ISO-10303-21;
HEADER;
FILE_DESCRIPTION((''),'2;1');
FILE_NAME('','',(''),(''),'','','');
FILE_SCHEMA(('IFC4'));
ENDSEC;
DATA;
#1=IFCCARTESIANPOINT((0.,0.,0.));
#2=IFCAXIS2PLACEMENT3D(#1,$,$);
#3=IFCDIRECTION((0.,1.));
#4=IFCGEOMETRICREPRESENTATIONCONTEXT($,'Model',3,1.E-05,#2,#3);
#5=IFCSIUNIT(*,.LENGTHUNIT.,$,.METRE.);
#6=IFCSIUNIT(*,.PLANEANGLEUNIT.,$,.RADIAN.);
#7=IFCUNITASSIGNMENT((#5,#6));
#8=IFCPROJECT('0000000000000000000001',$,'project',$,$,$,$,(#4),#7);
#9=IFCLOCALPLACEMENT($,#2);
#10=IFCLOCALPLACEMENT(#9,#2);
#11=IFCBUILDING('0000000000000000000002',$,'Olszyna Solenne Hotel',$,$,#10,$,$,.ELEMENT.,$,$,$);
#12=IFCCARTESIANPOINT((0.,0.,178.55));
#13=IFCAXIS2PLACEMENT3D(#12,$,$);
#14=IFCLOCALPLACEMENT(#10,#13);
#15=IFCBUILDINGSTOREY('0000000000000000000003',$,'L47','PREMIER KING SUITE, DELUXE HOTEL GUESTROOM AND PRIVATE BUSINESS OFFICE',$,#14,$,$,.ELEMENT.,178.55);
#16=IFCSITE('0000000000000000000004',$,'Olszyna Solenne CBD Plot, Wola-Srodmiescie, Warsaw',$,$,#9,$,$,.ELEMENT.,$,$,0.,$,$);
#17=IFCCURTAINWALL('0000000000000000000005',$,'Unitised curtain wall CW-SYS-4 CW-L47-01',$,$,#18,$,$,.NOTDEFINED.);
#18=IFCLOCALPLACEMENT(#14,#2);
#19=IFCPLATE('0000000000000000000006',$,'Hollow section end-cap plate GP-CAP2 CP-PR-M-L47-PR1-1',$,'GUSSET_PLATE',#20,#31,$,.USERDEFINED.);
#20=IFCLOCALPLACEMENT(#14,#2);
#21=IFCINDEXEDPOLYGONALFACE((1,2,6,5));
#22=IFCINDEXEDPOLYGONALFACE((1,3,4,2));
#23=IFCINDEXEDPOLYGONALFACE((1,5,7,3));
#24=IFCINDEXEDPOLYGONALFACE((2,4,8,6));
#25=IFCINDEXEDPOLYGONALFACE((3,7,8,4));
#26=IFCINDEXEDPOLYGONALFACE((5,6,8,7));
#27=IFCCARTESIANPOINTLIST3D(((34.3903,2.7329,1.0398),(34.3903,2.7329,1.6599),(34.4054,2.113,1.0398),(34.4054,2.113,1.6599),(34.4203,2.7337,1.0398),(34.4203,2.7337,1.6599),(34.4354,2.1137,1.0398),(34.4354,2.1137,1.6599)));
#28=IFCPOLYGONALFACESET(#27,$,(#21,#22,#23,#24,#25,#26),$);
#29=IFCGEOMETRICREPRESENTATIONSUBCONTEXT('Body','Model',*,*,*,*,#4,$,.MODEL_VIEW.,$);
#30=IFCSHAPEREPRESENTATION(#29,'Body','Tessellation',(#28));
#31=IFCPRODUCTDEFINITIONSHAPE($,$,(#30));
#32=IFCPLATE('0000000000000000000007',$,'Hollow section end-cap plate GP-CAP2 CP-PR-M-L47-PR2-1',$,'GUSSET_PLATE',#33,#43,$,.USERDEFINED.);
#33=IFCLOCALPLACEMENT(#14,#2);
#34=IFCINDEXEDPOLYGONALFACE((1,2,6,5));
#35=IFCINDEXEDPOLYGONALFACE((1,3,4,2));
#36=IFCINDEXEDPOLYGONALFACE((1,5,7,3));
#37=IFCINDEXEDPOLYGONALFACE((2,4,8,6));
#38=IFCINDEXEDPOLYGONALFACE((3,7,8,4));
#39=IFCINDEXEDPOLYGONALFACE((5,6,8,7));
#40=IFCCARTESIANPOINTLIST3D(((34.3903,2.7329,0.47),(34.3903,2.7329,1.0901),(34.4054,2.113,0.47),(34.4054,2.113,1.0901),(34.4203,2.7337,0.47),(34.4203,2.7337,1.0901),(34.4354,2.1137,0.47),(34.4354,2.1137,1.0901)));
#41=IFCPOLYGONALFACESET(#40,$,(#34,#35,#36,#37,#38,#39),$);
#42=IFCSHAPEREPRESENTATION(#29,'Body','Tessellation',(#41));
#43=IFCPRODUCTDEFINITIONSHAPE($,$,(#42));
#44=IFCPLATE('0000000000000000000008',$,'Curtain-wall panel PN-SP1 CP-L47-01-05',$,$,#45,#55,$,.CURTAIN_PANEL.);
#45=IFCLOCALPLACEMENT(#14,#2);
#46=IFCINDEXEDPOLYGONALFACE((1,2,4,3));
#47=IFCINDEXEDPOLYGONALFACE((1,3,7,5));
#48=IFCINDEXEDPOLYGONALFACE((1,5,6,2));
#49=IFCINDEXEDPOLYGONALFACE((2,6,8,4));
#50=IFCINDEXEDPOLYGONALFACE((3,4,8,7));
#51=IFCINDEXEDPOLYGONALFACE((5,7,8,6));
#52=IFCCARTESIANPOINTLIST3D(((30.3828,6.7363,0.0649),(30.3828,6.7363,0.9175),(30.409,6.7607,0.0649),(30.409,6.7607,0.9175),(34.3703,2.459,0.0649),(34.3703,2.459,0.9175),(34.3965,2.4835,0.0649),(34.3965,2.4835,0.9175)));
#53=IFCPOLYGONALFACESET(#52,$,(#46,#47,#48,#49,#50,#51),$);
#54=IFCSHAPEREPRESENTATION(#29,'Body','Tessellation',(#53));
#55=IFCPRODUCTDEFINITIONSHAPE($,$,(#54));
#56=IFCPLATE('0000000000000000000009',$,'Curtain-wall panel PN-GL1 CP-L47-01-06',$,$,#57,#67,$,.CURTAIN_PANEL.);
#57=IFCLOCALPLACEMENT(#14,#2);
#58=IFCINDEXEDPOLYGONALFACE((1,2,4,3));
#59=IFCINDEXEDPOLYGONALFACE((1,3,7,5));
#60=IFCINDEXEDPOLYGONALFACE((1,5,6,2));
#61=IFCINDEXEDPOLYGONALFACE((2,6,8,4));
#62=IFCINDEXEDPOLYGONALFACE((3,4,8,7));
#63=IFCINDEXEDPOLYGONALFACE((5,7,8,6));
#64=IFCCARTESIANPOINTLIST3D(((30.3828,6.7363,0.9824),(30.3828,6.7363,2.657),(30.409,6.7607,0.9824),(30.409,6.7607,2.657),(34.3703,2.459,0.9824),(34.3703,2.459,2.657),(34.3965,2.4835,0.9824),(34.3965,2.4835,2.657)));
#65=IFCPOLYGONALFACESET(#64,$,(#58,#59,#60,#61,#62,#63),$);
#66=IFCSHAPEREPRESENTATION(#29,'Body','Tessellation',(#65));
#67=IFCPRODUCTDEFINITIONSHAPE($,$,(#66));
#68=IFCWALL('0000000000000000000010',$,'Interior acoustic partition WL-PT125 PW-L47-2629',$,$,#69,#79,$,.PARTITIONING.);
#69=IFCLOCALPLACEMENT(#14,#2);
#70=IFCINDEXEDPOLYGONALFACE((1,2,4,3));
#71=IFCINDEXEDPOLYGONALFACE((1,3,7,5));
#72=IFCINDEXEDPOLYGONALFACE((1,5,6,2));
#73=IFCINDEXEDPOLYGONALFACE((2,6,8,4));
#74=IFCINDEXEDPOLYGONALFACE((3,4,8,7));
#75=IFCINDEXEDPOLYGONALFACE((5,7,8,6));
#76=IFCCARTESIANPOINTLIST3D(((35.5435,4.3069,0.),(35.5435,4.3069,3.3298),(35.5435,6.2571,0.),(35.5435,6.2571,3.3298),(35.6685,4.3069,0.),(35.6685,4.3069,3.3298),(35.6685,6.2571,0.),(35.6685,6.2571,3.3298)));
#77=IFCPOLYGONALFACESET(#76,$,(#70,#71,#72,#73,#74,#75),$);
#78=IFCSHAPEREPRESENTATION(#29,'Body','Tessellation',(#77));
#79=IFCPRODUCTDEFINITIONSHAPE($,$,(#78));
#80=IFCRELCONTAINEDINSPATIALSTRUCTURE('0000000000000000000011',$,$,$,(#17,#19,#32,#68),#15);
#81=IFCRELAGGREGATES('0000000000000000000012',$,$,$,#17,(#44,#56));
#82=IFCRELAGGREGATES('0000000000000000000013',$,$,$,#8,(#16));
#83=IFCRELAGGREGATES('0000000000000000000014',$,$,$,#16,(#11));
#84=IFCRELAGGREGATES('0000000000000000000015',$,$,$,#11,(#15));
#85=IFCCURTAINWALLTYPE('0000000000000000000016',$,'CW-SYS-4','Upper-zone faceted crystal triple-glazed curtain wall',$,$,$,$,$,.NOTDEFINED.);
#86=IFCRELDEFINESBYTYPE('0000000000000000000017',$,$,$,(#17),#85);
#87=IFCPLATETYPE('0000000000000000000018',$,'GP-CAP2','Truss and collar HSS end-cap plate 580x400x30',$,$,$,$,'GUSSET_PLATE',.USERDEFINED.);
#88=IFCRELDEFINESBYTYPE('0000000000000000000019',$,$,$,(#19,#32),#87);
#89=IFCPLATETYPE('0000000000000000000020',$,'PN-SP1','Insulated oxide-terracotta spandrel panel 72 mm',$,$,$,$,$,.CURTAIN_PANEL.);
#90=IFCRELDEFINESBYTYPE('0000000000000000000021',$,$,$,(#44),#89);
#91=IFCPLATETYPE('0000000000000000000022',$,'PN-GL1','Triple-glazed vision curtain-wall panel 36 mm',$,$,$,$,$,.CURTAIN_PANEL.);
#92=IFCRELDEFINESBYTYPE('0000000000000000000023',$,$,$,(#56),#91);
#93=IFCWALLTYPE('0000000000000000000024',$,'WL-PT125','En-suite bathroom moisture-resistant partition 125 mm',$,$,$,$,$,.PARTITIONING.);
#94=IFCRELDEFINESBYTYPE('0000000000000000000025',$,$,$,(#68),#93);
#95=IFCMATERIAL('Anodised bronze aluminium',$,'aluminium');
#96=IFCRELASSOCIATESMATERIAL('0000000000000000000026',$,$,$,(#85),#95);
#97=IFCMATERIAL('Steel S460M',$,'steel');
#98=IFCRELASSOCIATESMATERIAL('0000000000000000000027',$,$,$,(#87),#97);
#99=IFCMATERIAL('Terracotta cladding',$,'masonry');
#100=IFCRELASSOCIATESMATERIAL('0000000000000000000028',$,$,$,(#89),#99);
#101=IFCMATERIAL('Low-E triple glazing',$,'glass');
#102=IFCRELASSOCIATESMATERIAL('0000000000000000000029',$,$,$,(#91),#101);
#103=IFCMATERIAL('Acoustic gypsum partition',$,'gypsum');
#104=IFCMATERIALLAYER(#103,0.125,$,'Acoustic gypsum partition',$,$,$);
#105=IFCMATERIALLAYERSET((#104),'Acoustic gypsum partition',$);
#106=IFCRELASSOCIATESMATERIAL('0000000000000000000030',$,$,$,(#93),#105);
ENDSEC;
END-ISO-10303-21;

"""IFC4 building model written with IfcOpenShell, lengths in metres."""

from ifc_helpers import new_model, si_unit, direction, frame, frame_2d, origin, origin_2d, place, context, subcontext, project, spatial, rectangle, extrude, source, transform, mapped, material, layer, layer_set, type_object, element, aggregate, save


model = new_model("IFC4")

# Units and contexts
model_context = context("Model", 3, precision=1e-05, world=origin(), true_north=direction((0.0, 1.0)))
body_context = subcontext(model_context, "Body", "Model", "MODEL_VIEW")
ifc_project = project(units=[si_unit("LENGTHUNIT", "METRE"), si_unit("PLANEANGLEUNIT", "RADIAN")], contexts=[model_context])

# Site, building, storey
site_placement = place(None, origin())
site = spatial("IfcSite", under=ifc_project, at=site_placement, Name="Olszyna Solenne CBD Plot, Wola-Srodmiescie, Warsaw", CompositionType="ELEMENT", RefElevation=0.0)
building_placement = place(site_placement, origin())
building = spatial("IfcBuilding", under=site, at=building_placement, Name="Olszyna Solenne Hotel", CompositionType="ELEMENT")
storey_placement = place(building_placement, frame((0.0, 0.0, 178.55)))
storey = spatial("IfcBuildingStorey", under=building, at=storey_placement, Name="L47", Description="PREMIER KING SUITE, DELUXE HOTEL GUESTROOM AND PRIVATE BUSINESS OFFICE", CompositionType="ELEMENT", Elevation=178.55)

# Shared definitions
ifc_material_1 = material(Name="Steel S460M", Category="steel")

# Curtain wall
ifc_material_2 = material(Name="Anodised bronze aluminium", Category="aluminium")
curtain_wall_type = type_object("IfcCurtainWallType", Name="CW-SYS-4", Description="Upper-zone faceted crystal triple-glazed curtain wall", PredefinedType="NOTDEFINED", material=ifc_material_2)
curtain_wall_placement = place(storey_placement, origin())
curtain_wall = element("IfcCurtainWall", 1, at=curtain_wall_placement, inside=storey, type_object=curtain_wall_type, Name="Unitised curtain wall CW-SYS-4 CW-L47-01", PredefinedType="NOTDEFINED")

# Plates
plate_type_1 = type_object("IfcPlateType", Name="GP-CAP2", Description="Truss and collar HSS end-cap plate 580x400x30", ElementType="GUSSET_PLATE", PredefinedType="USERDEFINED", material=ifc_material_1)
shared_shape_1 = source(origin(), body_context, "Body", "SweptSolid", [
    extrude(rectangle(XDim=0.03, YDim=0.6201, at=origin_2d()), origin(), (0.0, 0.0, 1.0), 0.6201),
])
for number, where, z_axis, x_axis, name in (
    (2, (34.4128, 2.4233, 1.0398), (0.0, 0.0, 1.0), (0.999701, 0.024432, 0.0), "Hollow section end-cap plate GP-CAP2 CP-PR-M-L47-PR1-1"),
    (3, (34.4128, 2.4233, 0.47), (0.0, 0.0, 1.0), (0.999701, 0.024432, 0.0), "Hollow section end-cap plate GP-CAP2 CP-PR-M-L47-PR2-1"),
):
    element("IfcPlate", number, at=place(storey_placement, frame(where, z_axis=z_axis, x_axis=x_axis)), inside=storey, type_object=plate_type_1, Name=name, ObjectType="GUSSET_PLATE", PredefinedType="USERDEFINED", context=body_context, shape_type="MappedRepresentation", body=[
        mapped(shared_shape_1, transform((0.0, 0.0, 0.0), x_axis=(1.0, 0.0, 0.0), y_axis=(0.0, 1.0, 0.0), z_axis=(0.0, 0.0, 1.0), scale=1.0)),
    ])

# Plates
ifc_material_3 = material(Name="Terracotta cladding", Category="masonry")
plate_type_2 = type_object("IfcPlateType", Name="PN-SP1", Description="Insulated oxide-terracotta spandrel panel 72 mm", PredefinedType="CURTAIN_PANEL", material=ifc_material_3)
shared_shape_2 = source(origin(), body_context, "Body", "SweptSolid", [
    extrude(rectangle(XDim=5.8477, YDim=0.0359, at=origin_2d()), origin(), (0.0, 0.0, 1.0), 0.8525),
])
plate_1_placement = place(storey_placement, frame((32.3896, 4.6099, 0.0649), z_axis=(0.0, 0.0, 1.0), x_axis=(0.681899, -0.731446, 0.0)))
plate_1 = element("IfcPlate", 4, at=plate_1_placement, type_object=plate_type_2, Name="Curtain-wall panel PN-SP1 CP-L47-01-05", PredefinedType="CURTAIN_PANEL", context=body_context, shape_type="MappedRepresentation", body=[
    mapped(shared_shape_2, transform((0.0, 0.0, 0.0), x_axis=(1.0, 0.0, 0.0), y_axis=(0.0, 1.0, 0.0), z_axis=(0.0, 0.0, 1.0), scale=1.0)),
])
ifc_material_4 = material(Name="Low-E triple glazing", Category="glass")
plate_type_3 = type_object("IfcPlateType", Name="PN-GL1", Description="Triple-glazed vision curtain-wall panel 36 mm", PredefinedType="CURTAIN_PANEL", material=ifc_material_4)
shared_shape_3 = source(origin(), body_context, "Body", "SweptSolid", [
    extrude(rectangle(XDim=5.8477, YDim=0.0359, at=origin_2d()), origin(), (0.0, 0.0, 1.0), 1.6746),
])
plate_2_placement = place(storey_placement, frame((32.3896, 4.6099, 0.9824), z_axis=(0.0, 0.0, 1.0), x_axis=(0.681899, -0.731446, 0.0)))
plate_2 = element("IfcPlate", 5, at=plate_2_placement, type_object=plate_type_3, Name="Curtain-wall panel PN-GL1 CP-L47-01-06", PredefinedType="CURTAIN_PANEL", context=body_context, shape_type="MappedRepresentation", body=[
    mapped(shared_shape_3, transform((0.0, 0.0, 0.0), x_axis=(1.0, 0.0, 0.0), y_axis=(0.0, 1.0, 0.0), z_axis=(0.0, 0.0, 1.0), scale=1.0)),
])
aggregate(curtain_wall, [plate_1, plate_2])

# Wall
ifc_material_5 = material(Name="Acoustic gypsum partition", Category="gypsum")
ifc_layer = layer(ifc_material_5, 0.125, Name="Acoustic gypsum partition")
ifc_layer_set = layer_set([ifc_layer], Name="Acoustic gypsum partition")
wall_type = type_object("IfcWallType", Name="WL-PT125", Description="En-suite bathroom moisture-resistant partition 125 mm", PredefinedType="PARTITIONING", material=ifc_layer_set)
wall_placement = place(storey_placement, frame((35.606, 6.2571, 0.0), z_axis=(0.0, 0.0, 1.0), x_axis=(0.0, -1.0, 0.0)))
element("IfcWall", 6, at=wall_placement, inside=storey, type_object=wall_type, Name="Interior acoustic partition WL-PT125 PW-L47-2629", PredefinedType="PARTITIONING", context=body_context, shape_type="SweptSolid", body=[
    extrude(rectangle(XDim=1.9502, YDim=0.125, at=frame_2d((0.9751, 0.0))), origin(), (0.0, 0.0, 1.0), 3.3298),
])

save(model, "model.ifc")
